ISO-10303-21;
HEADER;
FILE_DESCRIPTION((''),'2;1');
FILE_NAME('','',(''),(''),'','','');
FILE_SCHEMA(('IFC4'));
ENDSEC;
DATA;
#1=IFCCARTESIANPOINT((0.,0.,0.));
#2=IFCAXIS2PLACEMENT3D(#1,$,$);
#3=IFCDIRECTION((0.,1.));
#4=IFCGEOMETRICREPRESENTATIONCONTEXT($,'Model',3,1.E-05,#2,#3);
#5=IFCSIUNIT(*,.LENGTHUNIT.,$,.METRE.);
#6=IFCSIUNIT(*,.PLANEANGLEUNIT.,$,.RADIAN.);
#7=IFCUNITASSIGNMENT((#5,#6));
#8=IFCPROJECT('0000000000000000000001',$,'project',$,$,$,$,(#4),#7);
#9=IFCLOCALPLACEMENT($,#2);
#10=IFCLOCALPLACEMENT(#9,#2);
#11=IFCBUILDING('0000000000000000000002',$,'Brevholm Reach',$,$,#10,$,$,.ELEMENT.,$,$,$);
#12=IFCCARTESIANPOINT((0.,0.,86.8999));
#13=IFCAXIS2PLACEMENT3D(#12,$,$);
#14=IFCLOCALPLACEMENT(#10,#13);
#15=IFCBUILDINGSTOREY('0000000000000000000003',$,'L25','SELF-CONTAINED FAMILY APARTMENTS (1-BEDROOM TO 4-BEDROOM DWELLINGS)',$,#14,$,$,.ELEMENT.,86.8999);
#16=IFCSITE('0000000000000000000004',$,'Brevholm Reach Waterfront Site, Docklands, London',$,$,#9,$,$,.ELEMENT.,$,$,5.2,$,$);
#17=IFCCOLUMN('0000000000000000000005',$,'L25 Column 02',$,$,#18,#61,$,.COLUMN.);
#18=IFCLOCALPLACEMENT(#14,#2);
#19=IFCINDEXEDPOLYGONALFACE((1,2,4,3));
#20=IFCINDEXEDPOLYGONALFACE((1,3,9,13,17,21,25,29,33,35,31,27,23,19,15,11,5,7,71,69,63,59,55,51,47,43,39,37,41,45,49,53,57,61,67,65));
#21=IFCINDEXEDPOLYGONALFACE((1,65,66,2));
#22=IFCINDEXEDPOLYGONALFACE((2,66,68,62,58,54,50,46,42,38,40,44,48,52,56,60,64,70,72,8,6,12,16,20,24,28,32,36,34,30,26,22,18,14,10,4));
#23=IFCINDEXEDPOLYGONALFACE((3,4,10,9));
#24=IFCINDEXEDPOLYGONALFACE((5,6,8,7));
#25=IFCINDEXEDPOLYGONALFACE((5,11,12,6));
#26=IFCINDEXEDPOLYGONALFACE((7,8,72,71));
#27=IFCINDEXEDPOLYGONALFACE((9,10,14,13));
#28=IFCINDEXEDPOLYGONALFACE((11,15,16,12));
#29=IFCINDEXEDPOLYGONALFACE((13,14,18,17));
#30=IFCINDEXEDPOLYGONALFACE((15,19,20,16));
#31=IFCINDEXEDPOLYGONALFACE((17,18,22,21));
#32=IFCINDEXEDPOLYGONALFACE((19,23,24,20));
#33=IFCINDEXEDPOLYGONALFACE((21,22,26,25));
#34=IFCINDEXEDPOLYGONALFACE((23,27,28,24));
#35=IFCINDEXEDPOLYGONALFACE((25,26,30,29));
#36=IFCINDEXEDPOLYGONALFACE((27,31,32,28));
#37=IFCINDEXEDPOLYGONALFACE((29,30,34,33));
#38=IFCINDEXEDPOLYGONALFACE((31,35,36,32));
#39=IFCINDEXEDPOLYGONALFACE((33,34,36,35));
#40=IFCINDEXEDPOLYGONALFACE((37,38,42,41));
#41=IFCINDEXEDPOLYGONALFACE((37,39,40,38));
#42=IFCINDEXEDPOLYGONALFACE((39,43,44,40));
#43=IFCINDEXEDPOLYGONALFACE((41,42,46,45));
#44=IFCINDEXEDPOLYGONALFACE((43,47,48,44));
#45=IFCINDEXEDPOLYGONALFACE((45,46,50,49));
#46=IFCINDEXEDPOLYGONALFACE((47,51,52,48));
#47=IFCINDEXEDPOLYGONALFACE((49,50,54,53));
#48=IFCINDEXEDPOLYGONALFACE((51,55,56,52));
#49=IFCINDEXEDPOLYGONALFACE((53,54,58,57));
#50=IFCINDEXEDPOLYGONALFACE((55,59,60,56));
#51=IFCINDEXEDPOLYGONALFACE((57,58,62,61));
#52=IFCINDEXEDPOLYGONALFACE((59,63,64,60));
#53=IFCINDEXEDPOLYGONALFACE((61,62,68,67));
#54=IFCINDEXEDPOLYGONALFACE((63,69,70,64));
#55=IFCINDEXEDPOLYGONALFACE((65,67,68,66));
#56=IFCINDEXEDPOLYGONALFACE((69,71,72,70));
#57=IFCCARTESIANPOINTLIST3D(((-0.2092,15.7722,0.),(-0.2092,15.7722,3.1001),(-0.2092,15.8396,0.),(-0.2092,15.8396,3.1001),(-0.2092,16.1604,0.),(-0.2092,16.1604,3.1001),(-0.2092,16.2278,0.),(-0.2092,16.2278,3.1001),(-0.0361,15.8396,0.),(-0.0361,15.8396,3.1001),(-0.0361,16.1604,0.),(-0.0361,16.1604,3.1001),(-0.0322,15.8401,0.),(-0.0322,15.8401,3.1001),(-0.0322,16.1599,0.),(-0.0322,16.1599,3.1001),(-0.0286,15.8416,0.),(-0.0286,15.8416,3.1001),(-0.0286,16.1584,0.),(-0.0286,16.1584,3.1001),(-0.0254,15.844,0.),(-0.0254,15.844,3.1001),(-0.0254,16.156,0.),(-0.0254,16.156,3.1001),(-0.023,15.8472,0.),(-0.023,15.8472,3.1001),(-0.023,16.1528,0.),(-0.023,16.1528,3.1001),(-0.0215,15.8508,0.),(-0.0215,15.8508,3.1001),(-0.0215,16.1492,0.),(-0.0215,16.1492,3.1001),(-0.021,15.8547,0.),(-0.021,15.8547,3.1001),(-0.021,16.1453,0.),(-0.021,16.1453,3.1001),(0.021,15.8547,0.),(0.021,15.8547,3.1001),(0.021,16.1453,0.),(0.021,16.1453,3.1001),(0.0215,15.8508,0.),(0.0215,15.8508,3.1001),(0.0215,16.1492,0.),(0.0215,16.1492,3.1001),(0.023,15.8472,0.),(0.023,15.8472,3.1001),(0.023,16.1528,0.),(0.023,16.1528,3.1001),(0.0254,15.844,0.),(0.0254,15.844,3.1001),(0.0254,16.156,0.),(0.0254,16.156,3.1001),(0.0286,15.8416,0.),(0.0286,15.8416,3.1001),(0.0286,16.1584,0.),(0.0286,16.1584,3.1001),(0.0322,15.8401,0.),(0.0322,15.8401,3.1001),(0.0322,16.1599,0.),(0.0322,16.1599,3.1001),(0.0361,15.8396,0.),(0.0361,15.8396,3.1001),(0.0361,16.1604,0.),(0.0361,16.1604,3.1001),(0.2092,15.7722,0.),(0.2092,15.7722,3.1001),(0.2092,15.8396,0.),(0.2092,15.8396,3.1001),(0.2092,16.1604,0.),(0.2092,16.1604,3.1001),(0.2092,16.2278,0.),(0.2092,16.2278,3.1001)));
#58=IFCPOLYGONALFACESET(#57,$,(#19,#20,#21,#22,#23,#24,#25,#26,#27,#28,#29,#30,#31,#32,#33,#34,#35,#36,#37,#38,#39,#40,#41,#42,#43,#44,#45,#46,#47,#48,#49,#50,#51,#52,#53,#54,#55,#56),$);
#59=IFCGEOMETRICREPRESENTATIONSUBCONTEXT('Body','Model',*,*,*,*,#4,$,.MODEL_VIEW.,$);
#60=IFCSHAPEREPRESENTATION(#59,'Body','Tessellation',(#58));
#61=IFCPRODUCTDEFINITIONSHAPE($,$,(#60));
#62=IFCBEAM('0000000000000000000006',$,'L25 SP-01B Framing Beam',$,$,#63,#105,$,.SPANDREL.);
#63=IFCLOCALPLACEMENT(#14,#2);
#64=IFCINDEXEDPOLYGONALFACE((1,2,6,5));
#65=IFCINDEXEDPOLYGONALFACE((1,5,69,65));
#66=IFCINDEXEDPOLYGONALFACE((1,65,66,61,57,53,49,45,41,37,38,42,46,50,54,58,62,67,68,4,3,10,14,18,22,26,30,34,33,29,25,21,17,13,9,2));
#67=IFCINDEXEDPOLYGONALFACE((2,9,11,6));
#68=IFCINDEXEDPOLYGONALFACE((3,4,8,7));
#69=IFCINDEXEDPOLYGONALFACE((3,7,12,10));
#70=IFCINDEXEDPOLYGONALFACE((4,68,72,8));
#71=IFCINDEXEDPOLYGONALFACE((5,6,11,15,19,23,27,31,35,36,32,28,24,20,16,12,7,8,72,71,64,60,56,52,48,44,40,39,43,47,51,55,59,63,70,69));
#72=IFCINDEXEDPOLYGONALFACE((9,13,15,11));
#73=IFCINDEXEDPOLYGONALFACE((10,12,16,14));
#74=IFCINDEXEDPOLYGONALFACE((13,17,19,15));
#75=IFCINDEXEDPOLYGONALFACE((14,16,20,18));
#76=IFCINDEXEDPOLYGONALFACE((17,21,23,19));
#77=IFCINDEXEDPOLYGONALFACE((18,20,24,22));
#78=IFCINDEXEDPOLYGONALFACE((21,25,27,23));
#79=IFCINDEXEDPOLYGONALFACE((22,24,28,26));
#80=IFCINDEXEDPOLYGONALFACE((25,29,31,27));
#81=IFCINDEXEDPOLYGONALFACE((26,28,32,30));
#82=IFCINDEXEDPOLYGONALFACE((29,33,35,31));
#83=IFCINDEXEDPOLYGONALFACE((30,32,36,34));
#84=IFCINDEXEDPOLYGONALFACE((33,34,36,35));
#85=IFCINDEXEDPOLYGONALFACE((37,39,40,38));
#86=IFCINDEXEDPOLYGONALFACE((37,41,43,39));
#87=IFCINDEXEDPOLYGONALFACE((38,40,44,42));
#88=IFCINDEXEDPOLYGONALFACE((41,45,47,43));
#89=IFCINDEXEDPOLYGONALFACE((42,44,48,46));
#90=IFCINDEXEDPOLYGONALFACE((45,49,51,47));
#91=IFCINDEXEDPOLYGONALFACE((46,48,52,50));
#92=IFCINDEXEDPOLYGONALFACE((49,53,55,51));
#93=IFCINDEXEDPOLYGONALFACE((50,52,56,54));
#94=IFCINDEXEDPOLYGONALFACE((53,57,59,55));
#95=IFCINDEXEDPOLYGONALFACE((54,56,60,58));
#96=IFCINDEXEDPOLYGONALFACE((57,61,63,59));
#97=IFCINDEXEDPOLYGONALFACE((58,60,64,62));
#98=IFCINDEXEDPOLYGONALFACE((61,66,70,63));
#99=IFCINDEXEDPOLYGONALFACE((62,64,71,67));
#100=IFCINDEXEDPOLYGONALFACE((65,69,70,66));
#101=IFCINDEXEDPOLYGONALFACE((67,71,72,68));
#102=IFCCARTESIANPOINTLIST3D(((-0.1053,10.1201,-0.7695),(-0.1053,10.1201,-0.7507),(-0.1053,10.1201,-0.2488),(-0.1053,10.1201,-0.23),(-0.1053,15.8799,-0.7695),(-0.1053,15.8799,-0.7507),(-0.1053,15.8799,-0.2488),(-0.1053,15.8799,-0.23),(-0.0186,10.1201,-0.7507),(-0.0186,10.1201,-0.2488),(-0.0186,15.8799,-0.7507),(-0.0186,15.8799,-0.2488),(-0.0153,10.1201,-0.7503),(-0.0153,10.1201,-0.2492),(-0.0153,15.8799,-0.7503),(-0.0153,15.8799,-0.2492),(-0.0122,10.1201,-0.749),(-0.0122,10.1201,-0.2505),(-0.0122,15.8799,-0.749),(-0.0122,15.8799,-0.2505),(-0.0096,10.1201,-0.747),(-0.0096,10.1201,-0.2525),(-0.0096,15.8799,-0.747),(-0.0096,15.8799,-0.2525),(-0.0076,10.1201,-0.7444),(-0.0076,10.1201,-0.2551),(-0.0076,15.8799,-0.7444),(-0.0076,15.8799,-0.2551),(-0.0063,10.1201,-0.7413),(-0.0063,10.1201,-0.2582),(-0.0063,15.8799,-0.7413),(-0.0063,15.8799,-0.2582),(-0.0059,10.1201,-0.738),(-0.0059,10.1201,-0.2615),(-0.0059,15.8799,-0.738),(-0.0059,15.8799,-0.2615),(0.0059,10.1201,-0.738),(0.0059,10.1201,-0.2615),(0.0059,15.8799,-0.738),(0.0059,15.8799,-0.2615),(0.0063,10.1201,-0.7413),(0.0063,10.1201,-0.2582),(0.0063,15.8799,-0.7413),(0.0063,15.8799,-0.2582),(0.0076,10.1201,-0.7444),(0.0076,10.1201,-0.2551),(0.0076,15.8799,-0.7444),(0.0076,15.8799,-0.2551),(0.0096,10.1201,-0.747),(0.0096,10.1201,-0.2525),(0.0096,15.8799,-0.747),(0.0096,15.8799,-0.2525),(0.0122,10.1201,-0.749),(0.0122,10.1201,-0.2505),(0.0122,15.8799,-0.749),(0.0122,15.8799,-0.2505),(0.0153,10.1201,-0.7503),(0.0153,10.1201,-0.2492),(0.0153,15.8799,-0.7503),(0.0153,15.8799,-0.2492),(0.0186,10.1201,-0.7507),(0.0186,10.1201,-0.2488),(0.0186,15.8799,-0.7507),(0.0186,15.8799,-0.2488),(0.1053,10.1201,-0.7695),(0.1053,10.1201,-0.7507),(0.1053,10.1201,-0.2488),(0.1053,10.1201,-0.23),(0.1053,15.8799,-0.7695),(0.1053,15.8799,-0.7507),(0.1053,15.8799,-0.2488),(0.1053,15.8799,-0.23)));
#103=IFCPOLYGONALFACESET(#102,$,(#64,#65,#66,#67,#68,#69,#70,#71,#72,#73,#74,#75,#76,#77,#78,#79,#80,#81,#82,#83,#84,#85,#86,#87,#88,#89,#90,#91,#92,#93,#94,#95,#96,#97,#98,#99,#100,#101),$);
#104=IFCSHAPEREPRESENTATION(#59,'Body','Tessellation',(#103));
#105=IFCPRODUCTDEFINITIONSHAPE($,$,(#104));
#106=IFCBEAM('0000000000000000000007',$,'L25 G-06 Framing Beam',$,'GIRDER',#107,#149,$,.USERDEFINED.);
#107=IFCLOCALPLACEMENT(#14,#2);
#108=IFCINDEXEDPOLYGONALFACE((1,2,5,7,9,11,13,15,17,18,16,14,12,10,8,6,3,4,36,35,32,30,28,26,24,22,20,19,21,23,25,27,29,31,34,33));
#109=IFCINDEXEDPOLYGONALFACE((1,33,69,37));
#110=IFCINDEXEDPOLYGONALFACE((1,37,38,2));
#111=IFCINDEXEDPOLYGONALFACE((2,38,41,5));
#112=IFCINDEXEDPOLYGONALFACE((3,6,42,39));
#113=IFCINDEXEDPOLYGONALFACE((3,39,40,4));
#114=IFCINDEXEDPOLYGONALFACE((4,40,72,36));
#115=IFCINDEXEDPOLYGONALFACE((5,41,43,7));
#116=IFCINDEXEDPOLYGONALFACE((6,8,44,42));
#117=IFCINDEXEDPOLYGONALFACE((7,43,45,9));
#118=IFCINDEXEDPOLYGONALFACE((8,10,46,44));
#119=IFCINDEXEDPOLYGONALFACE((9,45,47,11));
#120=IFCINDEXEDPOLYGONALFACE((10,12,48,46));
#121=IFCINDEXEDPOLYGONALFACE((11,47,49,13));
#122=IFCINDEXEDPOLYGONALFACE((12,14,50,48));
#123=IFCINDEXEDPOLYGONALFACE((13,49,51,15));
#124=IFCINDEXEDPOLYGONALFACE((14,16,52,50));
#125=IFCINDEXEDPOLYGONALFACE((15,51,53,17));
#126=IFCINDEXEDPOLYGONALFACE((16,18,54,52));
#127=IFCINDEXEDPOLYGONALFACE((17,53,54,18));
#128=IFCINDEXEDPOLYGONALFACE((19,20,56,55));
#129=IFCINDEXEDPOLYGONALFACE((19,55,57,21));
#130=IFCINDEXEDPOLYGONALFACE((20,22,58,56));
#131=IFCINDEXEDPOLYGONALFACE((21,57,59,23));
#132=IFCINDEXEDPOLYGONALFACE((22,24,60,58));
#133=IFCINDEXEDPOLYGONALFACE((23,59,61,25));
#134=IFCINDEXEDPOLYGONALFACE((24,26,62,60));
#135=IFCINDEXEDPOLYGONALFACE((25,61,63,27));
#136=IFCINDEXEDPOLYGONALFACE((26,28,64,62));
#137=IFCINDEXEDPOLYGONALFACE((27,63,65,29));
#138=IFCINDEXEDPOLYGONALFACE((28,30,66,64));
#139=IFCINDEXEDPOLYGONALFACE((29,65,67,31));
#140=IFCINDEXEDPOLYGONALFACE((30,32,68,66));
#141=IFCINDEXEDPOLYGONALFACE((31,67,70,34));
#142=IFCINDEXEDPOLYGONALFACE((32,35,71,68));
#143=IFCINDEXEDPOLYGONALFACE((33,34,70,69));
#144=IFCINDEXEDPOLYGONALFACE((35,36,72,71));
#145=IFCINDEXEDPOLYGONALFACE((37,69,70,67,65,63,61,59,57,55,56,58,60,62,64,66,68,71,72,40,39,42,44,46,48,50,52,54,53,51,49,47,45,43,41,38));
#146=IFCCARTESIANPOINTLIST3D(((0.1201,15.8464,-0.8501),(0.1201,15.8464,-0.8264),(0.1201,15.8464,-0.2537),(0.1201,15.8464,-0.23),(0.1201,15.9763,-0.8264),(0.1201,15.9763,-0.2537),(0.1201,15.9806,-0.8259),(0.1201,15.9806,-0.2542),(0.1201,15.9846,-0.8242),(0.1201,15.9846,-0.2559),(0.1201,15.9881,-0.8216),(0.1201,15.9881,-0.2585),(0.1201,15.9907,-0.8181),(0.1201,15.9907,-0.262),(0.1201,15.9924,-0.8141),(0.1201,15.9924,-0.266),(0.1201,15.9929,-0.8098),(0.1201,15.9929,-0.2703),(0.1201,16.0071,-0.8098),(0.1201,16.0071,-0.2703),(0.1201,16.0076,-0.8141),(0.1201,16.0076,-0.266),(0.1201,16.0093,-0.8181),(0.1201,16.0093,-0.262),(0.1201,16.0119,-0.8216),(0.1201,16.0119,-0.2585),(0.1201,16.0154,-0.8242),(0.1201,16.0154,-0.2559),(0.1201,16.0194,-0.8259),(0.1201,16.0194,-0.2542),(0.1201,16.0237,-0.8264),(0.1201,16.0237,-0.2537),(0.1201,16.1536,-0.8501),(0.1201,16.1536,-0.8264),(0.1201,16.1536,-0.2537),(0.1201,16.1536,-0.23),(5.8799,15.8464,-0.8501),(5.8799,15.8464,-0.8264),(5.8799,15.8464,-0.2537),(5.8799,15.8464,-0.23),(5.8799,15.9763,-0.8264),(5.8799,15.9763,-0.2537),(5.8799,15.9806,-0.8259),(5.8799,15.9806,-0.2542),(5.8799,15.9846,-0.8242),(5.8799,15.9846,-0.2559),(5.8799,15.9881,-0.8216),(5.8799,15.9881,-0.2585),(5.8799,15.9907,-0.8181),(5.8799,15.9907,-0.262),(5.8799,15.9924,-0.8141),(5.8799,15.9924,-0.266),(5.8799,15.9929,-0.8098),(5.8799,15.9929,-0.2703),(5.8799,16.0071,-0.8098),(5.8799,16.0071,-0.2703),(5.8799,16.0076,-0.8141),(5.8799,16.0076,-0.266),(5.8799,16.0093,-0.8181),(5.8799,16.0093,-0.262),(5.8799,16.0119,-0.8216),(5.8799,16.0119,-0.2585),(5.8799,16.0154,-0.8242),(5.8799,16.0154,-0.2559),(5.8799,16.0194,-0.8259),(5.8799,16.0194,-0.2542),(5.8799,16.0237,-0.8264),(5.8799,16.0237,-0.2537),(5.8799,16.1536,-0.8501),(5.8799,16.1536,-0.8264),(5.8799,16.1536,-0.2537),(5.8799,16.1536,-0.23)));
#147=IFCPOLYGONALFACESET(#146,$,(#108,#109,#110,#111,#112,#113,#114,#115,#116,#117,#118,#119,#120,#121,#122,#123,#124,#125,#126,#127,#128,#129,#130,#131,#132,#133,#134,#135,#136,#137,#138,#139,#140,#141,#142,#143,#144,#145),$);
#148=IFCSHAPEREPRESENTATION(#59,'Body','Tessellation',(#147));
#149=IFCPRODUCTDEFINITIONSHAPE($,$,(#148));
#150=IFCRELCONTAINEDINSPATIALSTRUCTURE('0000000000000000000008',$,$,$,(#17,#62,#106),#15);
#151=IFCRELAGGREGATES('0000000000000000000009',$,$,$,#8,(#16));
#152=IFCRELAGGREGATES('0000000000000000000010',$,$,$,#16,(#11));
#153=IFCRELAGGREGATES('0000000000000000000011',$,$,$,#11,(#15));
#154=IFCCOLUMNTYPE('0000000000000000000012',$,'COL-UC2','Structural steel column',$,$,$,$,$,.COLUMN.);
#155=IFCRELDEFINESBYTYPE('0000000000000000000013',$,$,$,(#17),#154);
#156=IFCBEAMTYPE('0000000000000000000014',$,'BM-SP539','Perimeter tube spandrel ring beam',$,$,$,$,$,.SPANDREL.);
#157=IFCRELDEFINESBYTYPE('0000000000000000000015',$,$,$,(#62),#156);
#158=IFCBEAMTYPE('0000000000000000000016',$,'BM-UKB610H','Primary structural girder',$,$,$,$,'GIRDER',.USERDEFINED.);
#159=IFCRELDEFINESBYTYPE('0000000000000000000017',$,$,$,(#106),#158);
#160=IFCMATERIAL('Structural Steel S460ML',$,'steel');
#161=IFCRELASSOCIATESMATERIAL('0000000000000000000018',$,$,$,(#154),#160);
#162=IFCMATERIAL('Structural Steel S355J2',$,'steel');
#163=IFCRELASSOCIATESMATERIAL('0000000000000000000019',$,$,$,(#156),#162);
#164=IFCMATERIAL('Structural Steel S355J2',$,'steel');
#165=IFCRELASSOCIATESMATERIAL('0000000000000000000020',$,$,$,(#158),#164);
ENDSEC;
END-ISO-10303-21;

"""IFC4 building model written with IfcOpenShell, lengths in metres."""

from ifc_helpers import new_model, si_unit, direction, frame, origin, origin_2d, place, context, subcontext, project, spatial, i_section, extrude, material, material_profile, profile_set, type_object, element, save


model = new_model("IFC4")

# Units and contexts
model_context = context("Model", 3, precision=1e-05, world=origin(), true_north=direction((0.0, 1.0)))
body_context = subcontext(model_context, "Body", "Model", "MODEL_VIEW")
ifc_project = project(units=[si_unit("LENGTHUNIT", "METRE"), si_unit("PLANEANGLEUNIT", "RADIAN")], contexts=[model_context])

# Site, building, storey
site_placement = place(None, origin())
site = spatial("IfcSite", under=ifc_project, at=site_placement, Name="Brevholm Reach Waterfront Site, Docklands, London", CompositionType="ELEMENT", RefElevation=5.2)
building_placement = place(site_placement, origin())
building = spatial("IfcBuilding", under=site, at=building_placement, Name="Brevholm Reach", CompositionType="ELEMENT")
storey_placement = place(building_placement, frame((0.0, 0.0, 86.8999)))
storey = spatial("IfcBuildingStorey", under=building, at=storey_placement, Name="L25", Description="SELF-CONTAINED FAMILY APARTMENTS (1-BEDROOM TO 4-BEDROOM DWELLINGS)", CompositionType="ELEMENT", Elevation=86.8999)

# Column
ifc_material_1 = material(Name="Structural Steel S460ML", Category="steel")
ifc_material_profile_1 = material_profile(ifc_material_1, i_section(OverallWidth=0.4185, OverallDepth=0.4556, WebThickness=0.042, FlangeThickness=0.0674, FilletRadius=0.0151, at=origin_2d()), Name="UKC 356x406x551")
ifc_profile_set_1 = profile_set([ifc_material_profile_1], Name="Structural Steel S460ML")
column_type = type_object("IfcColumnType", Name="COL-UC2", Description="Structural steel column", PredefinedType="COLUMN", material=ifc_profile_set_1)
column_placement = place(storey_placement, frame((0.0, 16.0, 0.0), z_axis=(0.0, 0.0, 1.0), x_axis=(1.0, 0.0, 0.0)))
element("IfcColumn", 1, at=column_placement, inside=storey, type_object=column_type, Name="L25 Column 02", PredefinedType="COLUMN", context=body_context, shape_type="SweptSolid", body=[
    extrude(i_section(OverallWidth=0.4185, OverallDepth=0.4556, WebThickness=0.042, FlangeThickness=0.0674, FilletRadius=0.0151, at=origin_2d()), origin(), (0.0, 0.0, 1.0), 3.1001),
])

# Beams
ifc_material_2 = material(Name="Structural Steel S355J2", Category="steel")
ifc_material_profile_2 = material_profile(ifc_material_2, i_section(OverallWidth=0.2107, OverallDepth=0.5396, WebThickness=0.0117, FlangeThickness=0.0188, FilletRadius=0.0127, at=origin_2d()), Name="UKB 533x210x109")
ifc_profile_set_2 = profile_set([ifc_material_profile_2], Name="Structural Steel S355J2")
beam_type_1 = type_object("IfcBeamType", Name="BM-SP539", Description="Perimeter tube spandrel ring beam", PredefinedType="SPANDREL", material=ifc_profile_set_2)
beam_1_placement = place(storey_placement, frame((0.0, 10.1201, -0.4998), z_axis=(0.0, 1.0, 0.0), x_axis=(-1.0, 0.0, 0.0)))
element("IfcBeam", 2, at=beam_1_placement, inside=storey, type_object=beam_type_1, Name="L25 SP-01B Framing Beam", PredefinedType="SPANDREL", context=body_context, shape_type="SweptSolid", body=[
    extrude(i_section(OverallWidth=0.2107, OverallDepth=0.5396, WebThickness=0.0117, FlangeThickness=0.0188, FilletRadius=0.0127, at=origin_2d()), origin(), (0.0, 0.0, 1.0), 5.7598),
])
ifc_material_3 = material(Name="Structural Steel S355J2", Category="steel")
ifc_material_profile_3 = material_profile(ifc_material_3, i_section(OverallWidth=0.3071, OverallDepth=0.6201, WebThickness=0.0142, FlangeThickness=0.0237, FilletRadius=0.0166, at=origin_2d()), Name="UKB 610x305x179")
ifc_profile_set_3 = profile_set([ifc_material_profile_3], Name="Structural Steel S355J2")
beam_type_2 = type_object("IfcBeamType", Name="BM-UKB610H", Description="Primary structural girder", ElementType="GIRDER", PredefinedType="USERDEFINED", material=ifc_profile_set_3)
beam_2_placement = place(storey_placement, frame((0.1201, 16.0, -0.54), z_axis=(1.0, 0.0, 0.0), x_axis=(0.0, 1.0, 0.0)))
element("IfcBeam", 3, at=beam_2_placement, inside=storey, type_object=beam_type_2, Name="L25 G-06 Framing Beam", ObjectType="GIRDER", PredefinedType="USERDEFINED", context=body_context, shape_type="SweptSolid", body=[
    extrude(i_section(OverallWidth=0.3071, OverallDepth=0.6201, WebThickness=0.0142, FlangeThickness=0.0237, FilletRadius=0.0166, at=origin_2d()), origin(), (0.0, 0.0, 1.0), 5.7598),
])

save(model, "model.ifc")
